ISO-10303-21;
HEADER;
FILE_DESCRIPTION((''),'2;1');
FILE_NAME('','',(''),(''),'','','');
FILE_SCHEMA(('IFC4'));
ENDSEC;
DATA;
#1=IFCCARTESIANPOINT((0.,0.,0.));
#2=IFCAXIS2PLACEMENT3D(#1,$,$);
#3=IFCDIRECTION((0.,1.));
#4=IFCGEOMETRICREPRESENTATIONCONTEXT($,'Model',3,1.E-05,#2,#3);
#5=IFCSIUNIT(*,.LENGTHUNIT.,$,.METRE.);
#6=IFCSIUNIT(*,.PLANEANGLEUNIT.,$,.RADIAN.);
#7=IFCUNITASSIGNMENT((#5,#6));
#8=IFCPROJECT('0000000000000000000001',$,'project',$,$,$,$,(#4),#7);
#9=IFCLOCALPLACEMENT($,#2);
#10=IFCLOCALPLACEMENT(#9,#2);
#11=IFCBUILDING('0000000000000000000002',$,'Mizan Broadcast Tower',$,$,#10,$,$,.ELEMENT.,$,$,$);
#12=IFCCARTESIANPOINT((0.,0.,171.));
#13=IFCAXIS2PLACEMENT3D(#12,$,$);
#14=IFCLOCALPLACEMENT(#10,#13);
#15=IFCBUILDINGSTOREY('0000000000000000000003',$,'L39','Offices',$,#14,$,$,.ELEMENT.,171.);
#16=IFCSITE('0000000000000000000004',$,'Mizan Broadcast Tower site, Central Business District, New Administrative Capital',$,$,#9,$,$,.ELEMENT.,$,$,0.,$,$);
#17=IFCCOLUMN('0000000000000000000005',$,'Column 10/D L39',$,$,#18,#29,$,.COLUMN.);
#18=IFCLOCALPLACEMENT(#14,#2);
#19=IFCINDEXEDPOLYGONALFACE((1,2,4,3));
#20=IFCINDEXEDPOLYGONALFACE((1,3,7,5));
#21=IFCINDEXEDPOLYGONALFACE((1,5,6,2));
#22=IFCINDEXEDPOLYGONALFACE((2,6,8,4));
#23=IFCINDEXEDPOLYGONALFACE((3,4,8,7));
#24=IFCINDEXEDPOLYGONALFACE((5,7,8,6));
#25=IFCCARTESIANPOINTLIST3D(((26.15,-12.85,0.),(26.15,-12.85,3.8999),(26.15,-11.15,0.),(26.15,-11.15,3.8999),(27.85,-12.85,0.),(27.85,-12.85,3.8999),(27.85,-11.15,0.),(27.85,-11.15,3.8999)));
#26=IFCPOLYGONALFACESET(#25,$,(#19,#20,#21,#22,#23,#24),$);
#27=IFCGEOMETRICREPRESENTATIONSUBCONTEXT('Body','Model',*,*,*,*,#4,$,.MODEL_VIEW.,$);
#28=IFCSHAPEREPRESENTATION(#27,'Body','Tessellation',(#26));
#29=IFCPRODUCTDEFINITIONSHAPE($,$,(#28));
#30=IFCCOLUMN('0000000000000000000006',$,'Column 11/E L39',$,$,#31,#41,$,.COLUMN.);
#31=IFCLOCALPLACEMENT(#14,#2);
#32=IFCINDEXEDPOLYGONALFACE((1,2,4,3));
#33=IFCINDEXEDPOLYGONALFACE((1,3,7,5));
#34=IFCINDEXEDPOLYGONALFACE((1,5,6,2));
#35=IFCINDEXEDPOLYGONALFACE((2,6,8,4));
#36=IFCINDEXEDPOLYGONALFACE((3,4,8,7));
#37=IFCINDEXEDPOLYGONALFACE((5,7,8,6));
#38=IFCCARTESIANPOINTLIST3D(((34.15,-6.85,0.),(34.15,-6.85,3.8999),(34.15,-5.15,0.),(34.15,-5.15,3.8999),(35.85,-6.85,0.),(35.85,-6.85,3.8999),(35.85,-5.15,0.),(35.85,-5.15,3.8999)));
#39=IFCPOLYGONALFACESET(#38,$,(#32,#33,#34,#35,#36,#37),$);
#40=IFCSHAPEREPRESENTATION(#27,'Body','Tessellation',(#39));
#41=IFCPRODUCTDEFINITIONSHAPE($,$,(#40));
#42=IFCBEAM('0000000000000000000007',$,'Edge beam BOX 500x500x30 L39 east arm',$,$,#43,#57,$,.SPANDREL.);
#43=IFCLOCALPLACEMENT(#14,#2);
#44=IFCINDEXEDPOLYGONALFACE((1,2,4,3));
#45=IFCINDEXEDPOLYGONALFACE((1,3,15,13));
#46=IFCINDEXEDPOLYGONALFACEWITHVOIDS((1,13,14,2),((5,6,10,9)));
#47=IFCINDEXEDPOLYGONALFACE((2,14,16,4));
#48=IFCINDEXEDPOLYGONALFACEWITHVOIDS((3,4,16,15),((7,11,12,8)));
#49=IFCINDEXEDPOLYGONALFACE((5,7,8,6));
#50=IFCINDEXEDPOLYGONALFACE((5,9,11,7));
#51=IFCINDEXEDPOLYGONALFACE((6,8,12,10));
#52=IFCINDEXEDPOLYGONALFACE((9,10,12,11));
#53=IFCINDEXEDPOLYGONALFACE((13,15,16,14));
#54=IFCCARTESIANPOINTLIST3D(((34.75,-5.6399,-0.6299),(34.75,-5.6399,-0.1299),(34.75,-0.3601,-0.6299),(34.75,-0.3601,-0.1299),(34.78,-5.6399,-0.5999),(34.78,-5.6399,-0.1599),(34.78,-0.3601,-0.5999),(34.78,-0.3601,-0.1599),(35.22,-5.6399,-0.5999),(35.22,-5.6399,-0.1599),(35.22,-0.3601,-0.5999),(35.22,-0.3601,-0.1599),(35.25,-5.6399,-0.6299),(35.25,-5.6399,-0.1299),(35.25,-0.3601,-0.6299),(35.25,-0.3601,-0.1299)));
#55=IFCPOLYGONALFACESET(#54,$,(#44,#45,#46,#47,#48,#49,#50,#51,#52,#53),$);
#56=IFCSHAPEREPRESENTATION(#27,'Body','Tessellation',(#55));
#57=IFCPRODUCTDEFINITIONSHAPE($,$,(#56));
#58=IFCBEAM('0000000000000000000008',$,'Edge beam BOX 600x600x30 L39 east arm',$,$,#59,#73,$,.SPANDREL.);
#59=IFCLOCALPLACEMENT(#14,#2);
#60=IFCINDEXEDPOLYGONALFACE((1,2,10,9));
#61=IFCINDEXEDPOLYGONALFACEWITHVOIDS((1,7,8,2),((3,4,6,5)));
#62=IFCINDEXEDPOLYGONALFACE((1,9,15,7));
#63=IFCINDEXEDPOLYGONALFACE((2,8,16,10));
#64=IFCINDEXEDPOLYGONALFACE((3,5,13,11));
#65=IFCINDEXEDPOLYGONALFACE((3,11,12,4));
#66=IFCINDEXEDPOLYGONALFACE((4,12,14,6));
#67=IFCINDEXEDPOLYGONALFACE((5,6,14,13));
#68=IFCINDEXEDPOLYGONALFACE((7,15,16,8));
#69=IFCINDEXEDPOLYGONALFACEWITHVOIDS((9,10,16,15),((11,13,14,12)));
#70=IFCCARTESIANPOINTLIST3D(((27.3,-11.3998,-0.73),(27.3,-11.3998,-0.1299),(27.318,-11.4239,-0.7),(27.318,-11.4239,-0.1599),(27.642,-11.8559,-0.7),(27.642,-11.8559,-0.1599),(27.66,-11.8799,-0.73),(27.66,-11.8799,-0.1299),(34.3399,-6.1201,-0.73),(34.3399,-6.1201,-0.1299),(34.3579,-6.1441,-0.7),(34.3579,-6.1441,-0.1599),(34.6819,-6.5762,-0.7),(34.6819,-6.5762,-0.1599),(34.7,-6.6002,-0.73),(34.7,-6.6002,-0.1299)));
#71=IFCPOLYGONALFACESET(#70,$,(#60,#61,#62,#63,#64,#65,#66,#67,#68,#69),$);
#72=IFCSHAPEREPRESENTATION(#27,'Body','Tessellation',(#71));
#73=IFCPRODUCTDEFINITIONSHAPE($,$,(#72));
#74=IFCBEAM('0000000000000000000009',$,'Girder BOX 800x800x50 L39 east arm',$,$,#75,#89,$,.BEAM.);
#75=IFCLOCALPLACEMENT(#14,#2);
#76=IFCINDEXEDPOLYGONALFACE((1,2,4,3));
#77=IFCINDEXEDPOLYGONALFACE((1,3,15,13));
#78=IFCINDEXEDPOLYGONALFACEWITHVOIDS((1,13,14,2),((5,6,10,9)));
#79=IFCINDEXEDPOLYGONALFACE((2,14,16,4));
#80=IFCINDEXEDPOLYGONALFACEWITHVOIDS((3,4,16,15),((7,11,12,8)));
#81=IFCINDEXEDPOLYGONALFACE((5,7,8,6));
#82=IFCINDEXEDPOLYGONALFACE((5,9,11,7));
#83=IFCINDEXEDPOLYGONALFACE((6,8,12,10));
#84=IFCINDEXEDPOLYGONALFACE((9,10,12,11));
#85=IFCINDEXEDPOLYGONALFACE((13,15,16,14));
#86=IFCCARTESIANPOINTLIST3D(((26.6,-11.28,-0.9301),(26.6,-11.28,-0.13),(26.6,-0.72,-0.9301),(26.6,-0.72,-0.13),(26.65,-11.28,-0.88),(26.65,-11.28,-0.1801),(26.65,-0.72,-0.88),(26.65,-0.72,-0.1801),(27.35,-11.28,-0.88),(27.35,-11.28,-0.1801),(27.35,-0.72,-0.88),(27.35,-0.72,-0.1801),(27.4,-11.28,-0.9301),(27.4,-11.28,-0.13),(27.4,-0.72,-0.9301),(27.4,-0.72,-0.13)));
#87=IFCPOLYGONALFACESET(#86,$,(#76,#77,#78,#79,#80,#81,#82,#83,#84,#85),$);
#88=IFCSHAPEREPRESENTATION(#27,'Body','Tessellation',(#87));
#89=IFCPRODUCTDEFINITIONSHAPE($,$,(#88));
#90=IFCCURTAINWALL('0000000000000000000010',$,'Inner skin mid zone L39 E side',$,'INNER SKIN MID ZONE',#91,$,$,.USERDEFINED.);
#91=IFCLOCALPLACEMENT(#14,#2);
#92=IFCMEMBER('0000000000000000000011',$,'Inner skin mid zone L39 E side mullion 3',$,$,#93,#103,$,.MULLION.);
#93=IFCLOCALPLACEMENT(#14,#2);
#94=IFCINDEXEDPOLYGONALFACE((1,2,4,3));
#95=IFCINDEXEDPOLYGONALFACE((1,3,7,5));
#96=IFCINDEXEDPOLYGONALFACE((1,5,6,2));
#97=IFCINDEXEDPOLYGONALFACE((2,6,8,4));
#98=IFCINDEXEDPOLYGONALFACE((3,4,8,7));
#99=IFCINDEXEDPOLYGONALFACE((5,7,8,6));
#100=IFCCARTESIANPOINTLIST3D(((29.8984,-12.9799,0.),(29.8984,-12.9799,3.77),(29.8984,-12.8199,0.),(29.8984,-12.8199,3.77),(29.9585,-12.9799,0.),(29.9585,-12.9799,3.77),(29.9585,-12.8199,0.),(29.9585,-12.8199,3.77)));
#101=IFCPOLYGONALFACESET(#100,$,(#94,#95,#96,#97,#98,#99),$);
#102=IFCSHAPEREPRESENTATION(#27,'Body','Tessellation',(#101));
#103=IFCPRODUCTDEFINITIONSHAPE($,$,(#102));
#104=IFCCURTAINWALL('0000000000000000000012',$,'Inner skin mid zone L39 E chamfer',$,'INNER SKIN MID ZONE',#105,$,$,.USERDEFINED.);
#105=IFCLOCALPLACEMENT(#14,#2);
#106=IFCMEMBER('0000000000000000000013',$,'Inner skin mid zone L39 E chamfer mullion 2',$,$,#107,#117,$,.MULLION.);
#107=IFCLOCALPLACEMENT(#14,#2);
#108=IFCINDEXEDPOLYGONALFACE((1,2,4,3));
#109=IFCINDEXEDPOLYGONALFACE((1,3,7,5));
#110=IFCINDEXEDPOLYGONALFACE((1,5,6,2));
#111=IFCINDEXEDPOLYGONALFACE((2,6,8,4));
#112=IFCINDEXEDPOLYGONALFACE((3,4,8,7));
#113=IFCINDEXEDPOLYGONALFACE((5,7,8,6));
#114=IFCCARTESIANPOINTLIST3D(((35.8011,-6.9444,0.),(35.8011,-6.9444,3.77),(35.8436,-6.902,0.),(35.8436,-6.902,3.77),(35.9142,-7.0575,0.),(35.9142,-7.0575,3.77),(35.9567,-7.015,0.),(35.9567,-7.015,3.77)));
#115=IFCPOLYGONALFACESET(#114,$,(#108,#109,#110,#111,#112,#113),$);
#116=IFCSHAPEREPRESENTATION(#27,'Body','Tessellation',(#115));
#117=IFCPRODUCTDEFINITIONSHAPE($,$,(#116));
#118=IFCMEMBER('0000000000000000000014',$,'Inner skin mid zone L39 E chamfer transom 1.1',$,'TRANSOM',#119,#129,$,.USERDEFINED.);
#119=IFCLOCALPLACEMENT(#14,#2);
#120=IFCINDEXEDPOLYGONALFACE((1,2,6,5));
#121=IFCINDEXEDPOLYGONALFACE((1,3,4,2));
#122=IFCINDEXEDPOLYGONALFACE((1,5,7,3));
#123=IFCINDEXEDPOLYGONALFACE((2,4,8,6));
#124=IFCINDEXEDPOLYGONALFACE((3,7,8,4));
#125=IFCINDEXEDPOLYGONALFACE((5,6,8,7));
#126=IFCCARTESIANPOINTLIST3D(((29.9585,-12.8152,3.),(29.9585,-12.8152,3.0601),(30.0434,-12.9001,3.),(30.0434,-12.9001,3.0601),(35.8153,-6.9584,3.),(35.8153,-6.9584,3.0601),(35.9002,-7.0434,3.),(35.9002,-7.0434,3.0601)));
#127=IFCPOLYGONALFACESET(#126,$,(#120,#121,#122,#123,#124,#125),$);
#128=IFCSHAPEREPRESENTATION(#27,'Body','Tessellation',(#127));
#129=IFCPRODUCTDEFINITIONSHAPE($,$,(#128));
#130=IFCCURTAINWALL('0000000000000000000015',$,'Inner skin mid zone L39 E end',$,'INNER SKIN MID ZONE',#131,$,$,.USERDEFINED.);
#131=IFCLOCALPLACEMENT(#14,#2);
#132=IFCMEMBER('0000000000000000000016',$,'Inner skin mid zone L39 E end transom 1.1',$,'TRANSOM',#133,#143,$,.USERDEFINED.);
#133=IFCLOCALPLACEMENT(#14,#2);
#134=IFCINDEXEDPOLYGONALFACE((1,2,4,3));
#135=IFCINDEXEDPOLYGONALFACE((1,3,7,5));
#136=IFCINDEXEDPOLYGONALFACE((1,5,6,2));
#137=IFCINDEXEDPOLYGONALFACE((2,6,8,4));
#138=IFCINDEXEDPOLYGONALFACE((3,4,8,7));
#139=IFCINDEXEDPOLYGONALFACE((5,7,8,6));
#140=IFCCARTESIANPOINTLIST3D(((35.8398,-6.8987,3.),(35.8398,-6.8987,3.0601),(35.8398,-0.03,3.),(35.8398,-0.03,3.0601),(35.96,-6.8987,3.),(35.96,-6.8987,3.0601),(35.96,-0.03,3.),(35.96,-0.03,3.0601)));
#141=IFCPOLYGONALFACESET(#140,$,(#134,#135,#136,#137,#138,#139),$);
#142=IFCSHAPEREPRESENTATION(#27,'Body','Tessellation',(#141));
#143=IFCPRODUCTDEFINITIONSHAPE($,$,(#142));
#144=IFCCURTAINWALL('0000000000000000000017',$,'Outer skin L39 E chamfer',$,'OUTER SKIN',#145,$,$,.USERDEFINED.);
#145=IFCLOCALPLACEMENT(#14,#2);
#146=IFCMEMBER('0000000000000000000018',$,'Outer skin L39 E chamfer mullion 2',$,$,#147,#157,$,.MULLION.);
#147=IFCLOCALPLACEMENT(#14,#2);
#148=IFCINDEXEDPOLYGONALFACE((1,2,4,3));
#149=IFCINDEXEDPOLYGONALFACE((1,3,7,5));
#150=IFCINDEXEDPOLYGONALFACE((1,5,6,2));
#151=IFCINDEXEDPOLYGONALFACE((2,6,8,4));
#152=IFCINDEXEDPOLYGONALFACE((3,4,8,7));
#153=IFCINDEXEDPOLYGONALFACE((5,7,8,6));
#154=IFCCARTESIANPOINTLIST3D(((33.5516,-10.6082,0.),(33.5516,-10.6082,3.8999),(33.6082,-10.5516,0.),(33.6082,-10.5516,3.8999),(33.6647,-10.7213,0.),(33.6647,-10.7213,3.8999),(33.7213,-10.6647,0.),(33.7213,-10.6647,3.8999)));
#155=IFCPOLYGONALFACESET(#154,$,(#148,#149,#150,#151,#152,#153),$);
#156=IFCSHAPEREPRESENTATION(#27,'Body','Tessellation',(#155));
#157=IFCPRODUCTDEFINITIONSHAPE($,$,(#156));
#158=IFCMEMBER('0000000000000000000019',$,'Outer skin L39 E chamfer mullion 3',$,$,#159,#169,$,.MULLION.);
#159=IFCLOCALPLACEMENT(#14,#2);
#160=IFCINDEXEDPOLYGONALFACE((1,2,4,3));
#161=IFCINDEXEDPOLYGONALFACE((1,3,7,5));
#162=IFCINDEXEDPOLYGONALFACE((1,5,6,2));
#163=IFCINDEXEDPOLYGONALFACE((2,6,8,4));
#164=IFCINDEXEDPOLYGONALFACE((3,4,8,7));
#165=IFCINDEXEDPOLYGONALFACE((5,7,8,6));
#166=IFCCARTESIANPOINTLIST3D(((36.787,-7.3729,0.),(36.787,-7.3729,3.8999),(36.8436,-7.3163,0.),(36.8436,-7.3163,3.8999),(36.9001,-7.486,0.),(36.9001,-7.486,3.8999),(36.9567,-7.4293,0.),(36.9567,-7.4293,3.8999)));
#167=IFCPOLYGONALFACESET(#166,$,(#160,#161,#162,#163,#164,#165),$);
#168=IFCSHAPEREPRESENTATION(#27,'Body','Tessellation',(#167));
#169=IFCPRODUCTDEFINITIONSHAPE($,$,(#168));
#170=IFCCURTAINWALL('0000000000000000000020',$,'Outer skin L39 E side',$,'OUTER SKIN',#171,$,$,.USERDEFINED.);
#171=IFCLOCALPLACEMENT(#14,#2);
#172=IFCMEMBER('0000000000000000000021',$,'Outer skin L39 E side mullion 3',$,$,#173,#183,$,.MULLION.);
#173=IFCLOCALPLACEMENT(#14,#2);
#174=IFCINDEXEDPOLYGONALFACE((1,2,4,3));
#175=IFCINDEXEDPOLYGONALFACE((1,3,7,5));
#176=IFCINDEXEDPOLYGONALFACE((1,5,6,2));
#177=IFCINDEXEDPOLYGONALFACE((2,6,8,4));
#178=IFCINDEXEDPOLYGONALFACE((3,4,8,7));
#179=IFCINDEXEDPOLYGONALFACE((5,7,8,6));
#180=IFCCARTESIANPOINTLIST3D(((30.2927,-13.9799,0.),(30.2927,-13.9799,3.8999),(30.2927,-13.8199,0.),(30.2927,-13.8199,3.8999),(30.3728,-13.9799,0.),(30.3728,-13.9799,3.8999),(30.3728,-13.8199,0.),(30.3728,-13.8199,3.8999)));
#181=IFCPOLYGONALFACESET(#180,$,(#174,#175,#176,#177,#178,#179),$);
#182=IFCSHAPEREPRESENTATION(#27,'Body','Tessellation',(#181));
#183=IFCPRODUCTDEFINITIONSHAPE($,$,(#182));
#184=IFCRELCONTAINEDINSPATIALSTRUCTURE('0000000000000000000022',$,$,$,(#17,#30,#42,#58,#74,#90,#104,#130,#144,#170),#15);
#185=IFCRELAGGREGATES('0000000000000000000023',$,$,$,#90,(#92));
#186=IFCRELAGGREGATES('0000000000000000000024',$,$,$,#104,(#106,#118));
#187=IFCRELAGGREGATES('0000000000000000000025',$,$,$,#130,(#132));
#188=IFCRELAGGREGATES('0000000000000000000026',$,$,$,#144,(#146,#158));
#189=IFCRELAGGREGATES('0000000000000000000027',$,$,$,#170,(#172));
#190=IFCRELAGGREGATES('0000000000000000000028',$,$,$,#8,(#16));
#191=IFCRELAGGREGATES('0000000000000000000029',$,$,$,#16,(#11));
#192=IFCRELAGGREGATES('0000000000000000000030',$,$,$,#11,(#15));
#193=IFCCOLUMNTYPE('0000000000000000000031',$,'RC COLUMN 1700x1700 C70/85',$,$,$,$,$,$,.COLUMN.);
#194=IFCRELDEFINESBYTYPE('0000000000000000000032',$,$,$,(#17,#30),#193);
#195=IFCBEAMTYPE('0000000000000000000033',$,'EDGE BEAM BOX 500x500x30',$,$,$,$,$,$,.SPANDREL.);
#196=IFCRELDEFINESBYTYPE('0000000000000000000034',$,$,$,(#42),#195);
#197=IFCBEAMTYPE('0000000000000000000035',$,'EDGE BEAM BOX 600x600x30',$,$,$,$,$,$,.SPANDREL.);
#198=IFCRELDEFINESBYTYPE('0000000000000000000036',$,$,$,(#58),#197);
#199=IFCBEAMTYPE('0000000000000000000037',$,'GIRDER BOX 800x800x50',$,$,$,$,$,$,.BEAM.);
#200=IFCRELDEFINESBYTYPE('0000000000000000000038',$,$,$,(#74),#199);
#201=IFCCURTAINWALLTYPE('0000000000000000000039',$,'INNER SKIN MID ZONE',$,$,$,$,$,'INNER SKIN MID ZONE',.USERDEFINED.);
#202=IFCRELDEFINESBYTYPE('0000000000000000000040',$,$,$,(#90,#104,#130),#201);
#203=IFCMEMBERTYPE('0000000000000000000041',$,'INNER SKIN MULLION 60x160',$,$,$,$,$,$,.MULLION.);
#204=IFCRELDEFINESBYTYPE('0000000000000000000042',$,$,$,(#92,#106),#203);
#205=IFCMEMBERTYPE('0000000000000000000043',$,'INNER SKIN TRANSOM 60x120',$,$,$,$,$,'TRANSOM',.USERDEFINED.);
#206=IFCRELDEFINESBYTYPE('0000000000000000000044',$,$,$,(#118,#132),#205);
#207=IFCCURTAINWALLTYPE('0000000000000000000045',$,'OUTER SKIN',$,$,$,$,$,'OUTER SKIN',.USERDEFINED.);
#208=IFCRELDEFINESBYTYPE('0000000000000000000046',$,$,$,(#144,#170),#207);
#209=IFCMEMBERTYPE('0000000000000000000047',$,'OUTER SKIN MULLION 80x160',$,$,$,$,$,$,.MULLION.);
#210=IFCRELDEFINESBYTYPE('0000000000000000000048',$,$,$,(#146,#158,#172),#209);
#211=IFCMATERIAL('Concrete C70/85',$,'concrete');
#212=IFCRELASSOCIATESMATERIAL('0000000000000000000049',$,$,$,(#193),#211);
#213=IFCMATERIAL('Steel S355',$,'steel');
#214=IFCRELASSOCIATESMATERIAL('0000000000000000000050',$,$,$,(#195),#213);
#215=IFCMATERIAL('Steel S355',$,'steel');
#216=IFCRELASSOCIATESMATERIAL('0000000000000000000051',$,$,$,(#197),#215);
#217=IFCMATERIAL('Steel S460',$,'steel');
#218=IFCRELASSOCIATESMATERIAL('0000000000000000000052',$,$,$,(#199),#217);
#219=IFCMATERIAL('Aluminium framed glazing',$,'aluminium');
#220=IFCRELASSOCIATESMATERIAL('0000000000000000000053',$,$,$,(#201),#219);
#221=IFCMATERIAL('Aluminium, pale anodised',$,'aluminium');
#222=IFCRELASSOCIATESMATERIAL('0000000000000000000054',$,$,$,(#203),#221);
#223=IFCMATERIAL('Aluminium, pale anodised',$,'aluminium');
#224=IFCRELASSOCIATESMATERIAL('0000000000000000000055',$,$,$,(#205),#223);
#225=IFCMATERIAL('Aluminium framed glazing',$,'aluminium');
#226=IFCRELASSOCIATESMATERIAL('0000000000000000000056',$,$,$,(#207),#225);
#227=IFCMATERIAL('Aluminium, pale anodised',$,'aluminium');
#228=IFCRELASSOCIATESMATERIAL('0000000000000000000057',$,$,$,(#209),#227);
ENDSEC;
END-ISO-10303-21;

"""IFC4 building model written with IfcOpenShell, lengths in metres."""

from ifc_helpers import new_model, si_unit, direction, frame, origin, origin_2d, place, context, subcontext, project, spatial, rectangle, hollow_rectangle, extrude, material, material_profile, profile_set, type_object, element, aggregate, save


model = new_model("IFC4")

# Units and contexts
model_context = context("Model", 3, precision=1e-05, world=origin(), true_north=direction((0.0, 1.0)))
body_context = subcontext(model_context, "Body", "Model", "MODEL_VIEW")
ifc_project = project(units=[si_unit("LENGTHUNIT", "METRE"), si_unit("PLANEANGLEUNIT", "RADIAN")], contexts=[model_context])

# Site, building, storey
site_placement = place(None, origin())
site = spatial("IfcSite", under=ifc_project, at=site_placement, Name="Mizan Broadcast Tower site, Central Business District, New Administrative Capital", CompositionType="ELEMENT", RefElevation=0.0)
building_placement = place(site_placement, origin())
building = spatial("IfcBuilding", under=site, at=building_placement, Name="Mizan Broadcast Tower", CompositionType="ELEMENT")
storey_placement = place(building_placement, frame((0.0, 0.0, 171.0)))
storey = spatial("IfcBuildingStorey", under=building, at=storey_placement, Name="L39", Description="Offices", CompositionType="ELEMENT", Elevation=171.0)

# Columns
ifc_material_1 = material(Name="Concrete C70/85", Category="concrete")
ifc_material_profile_1 = material_profile(ifc_material_1, rectangle(XDim=1.7, YDim=1.7, at=origin_2d()), Name="RC 1700x1700")
ifc_profile_set_1 = profile_set([ifc_material_profile_1], Name="Concrete C70/85")
column_type = type_object("IfcColumnType", Name="RC COLUMN 1700x1700 C70/85", PredefinedType="COLUMN", material=ifc_profile_set_1)
for number, where, z_axis, x_axis, name in (
    (1, (27.0, -12.0, 0.0), (0.0, 0.0, 1.0), (1.0, 0.0, 0.0), "Column 10/D L39"),
    (2, (35.0, -6.0, 0.0), (0.0, 0.0, 1.0), (1.0, 0.0, 0.0), "Column 11/E L39"),
):
    element("IfcColumn", number, at=place(storey_placement, frame(where, z_axis=z_axis, x_axis=x_axis)), inside=storey, type_object=column_type, Name=name, PredefinedType="COLUMN", context=body_context, shape_type="SweptSolid", body=[
        extrude(rectangle(XDim=1.7, YDim=1.7, at=origin_2d()), origin(), (0.0, 0.0, 1.0), 3.8999),
    ])

# Beams
ifc_material_2 = material(Name="Steel S355", Category="steel")
ifc_material_profile_2 = material_profile(ifc_material_2, hollow_rectangle(XDim=0.5, YDim=0.5, WallThickness=0.03, at=origin_2d()), Name="BOX 500x500x30")
ifc_profile_set_2 = profile_set([ifc_material_profile_2], Name="Steel S355")
beam_type_1 = type_object("IfcBeamType", Name="EDGE BEAM BOX 500x500x30", PredefinedType="SPANDREL", material=ifc_profile_set_2)
beam_1_placement = place(storey_placement, frame((35.0, -5.6399, -0.3799), z_axis=(0.0, 1.0, 0.0), x_axis=(-1.0, 0.0, 0.0)))
element("IfcBeam", 3, at=beam_1_placement, inside=storey, type_object=beam_type_1, Name="Edge beam BOX 500x500x30 L39 east arm", PredefinedType="SPANDREL", context=body_context, shape_type="SweptSolid", body=[
    extrude(hollow_rectangle(XDim=0.5, YDim=0.5, WallThickness=0.03, at=origin_2d()), origin(), (0.0, 0.0, 1.0), 5.2798),
])
ifc_material_3 = material(Name="Steel S355", Category="steel")
ifc_material_profile_3 = material_profile(ifc_material_3, hollow_rectangle(XDim=0.6001, YDim=0.6001, WallThickness=0.03, at=origin_2d()), Name="BOX 600x600x30")
ifc_profile_set_3 = profile_set([ifc_material_profile_3], Name="Steel S355")
beam_type_2 = type_object("IfcBeamType", Name="EDGE BEAM BOX 600x600x30", PredefinedType="SPANDREL", material=ifc_profile_set_3)
beam_2_placement = place(storey_placement, frame((27.48, -11.6399, -0.4299), z_axis=(0.800013, 0.599982, 0.0), x_axis=(-0.599982, 0.800013, 0.0)))
element("IfcBeam", 4, at=beam_2_placement, inside=storey, type_object=beam_type_2, Name="Edge beam BOX 600x600x30 L39 east arm", PredefinedType="SPANDREL", context=body_context, shape_type="SweptSolid", body=[
    extrude(hollow_rectangle(XDim=0.6001, YDim=0.6001, WallThickness=0.03, at=origin_2d()), origin(), (0.0, 0.0, 1.0), 8.7998),
])
ifc_material_4 = material(Name="Steel S460", Category="steel")
ifc_material_profile_4 = material_profile(ifc_material_4, hollow_rectangle(XDim=0.8, YDim=0.8, WallThickness=0.05, at=origin_2d()), Name="BOX 800x800x50")
ifc_profile_set_4 = profile_set([ifc_material_profile_4], Name="Steel S460")
beam_type_3 = type_object("IfcBeamType", Name="GIRDER BOX 800x800x50", PredefinedType="BEAM", material=ifc_profile_set_4)
beam_3_placement = place(storey_placement, frame((27.0, -11.28, -0.53), z_axis=(0.0, 1.0, 0.0), x_axis=(-1.0, 0.0, 0.0)))
element("IfcBeam", 5, at=beam_3_placement, inside=storey, type_object=beam_type_3, Name="Girder BOX 800x800x50 L39 east arm", PredefinedType="BEAM", context=body_context, shape_type="SweptSolid", body=[
    extrude(hollow_rectangle(XDim=0.8, YDim=0.8, WallThickness=0.05, at=origin_2d()), origin(), (0.0, 0.0, 1.0), 10.5601),
])

# Curtain wall, member
ifc_material_5 = material(Name="Aluminium framed glazing", Category="aluminium")
curtain_wall_type_1 = type_object("IfcCurtainWallType", Name="INNER SKIN MID ZONE", ElementType="INNER SKIN MID ZONE", PredefinedType="USERDEFINED", material=ifc_material_5)
curtain_wall_1_placement = place(storey_placement, origin())
curtain_wall_1 = element("IfcCurtainWall", 6, at=curtain_wall_1_placement, inside=storey, type_object=curtain_wall_type_1, Name="Inner skin mid zone L39 E side", ObjectType="INNER SKIN MID ZONE", PredefinedType="USERDEFINED")
ifc_material_6 = material(Name="Aluminium, pale anodised", Category="aluminium")
ifc_material_profile_5 = material_profile(ifc_material_6, rectangle(XDim=0.1599, YDim=0.0601, at=origin_2d()), Name="MULLION 160x60")
ifc_profile_set_5 = profile_set([ifc_material_profile_5], Name="Aluminium, pale anodised")
member_type_1 = type_object("IfcMemberType", Name="INNER SKIN MULLION 60x160", PredefinedType="MULLION", material=ifc_profile_set_5)
member_1_placement = place(storey_placement, frame((29.9285, -12.8999, 0.0), z_axis=(0.0, 0.0, 1.0), x_axis=(0.0, 1.0, 0.0)))
member_1 = element("IfcMember", 7, at=member_1_placement, type_object=member_type_1, Name="Inner skin mid zone L39 E side mullion 3", PredefinedType="MULLION", context=body_context, shape_type="SweptSolid", body=[
    extrude(rectangle(XDim=0.1599, YDim=0.0601, at=origin_2d()), origin(), (0.0, 0.0, 1.0), 3.77),
])

# Curtain wall, members
curtain_wall_2_placement = place(storey_placement, origin())
curtain_wall_2 = element("IfcCurtainWall", 8, at=curtain_wall_2_placement, inside=storey, type_object=curtain_wall_type_1, Name="Inner skin mid zone L39 E chamfer", ObjectType="INNER SKIN MID ZONE", PredefinedType="USERDEFINED")
member_2_placement = place(storey_placement, frame((35.8789, -6.9797, 0.0), z_axis=(0.0, 0.0, 1.0), x_axis=(-0.707107, 0.707107, 0.0)))
member_2 = element("IfcMember", 9, at=member_2_placement, type_object=member_type_1, Name="Inner skin mid zone L39 E chamfer mullion 2", PredefinedType="MULLION", context=body_context, shape_type="SweptSolid", body=[
    extrude(rectangle(XDim=0.1599, YDim=0.0601, at=origin_2d()), origin(), (0.0, 0.0, 1.0), 3.77),
])
ifc_material_7 = material(Name="Aluminium, pale anodised", Category="aluminium")
ifc_material_profile_6 = material_profile(ifc_material_7, rectangle(XDim=0.1201, YDim=0.0601, at=origin_2d()), Name="TRANSOM 120x60")
ifc_profile_set_6 = profile_set([ifc_material_profile_6], Name="Aluminium, pale anodised")
member_type_2 = type_object("IfcMemberType", Name="INNER SKIN TRANSOM 60x120", ElementType="TRANSOM", PredefinedType="USERDEFINED", material=ifc_profile_set_6)
member_3_placement = place(storey_placement, frame((30.001, -12.8577, 3.03), z_axis=(0.707107, 0.707107, 0.0), x_axis=(-0.707107, 0.707107, 0.0)))
member_3 = element("IfcMember", 10, at=member_3_placement, type_object=member_type_2, Name="Inner skin mid zone L39 E chamfer transom 1.1", ObjectType="TRANSOM", PredefinedType="USERDEFINED", context=body_context, shape_type="SweptSolid", body=[
    extrude(rectangle(XDim=0.1201, YDim=0.0601, at=origin_2d()), origin(), (0.0, 0.0, 1.0), 8.2827),
])

# Curtain wall, member
curtain_wall_3_placement = place(storey_placement, origin())
curtain_wall_3 = element("IfcCurtainWall", 11, at=curtain_wall_3_placement, inside=storey, type_object=curtain_wall_type_1, Name="Inner skin mid zone L39 E end", ObjectType="INNER SKIN MID ZONE", PredefinedType="USERDEFINED")
member_4_placement = place(storey_placement, frame((35.8999, -6.8987, 3.03), z_axis=(0.0, 1.0, 0.0), x_axis=(-1.0, 0.0, 0.0)))
member_4 = element("IfcMember", 12, at=member_4_placement, type_object=member_type_2, Name="Inner skin mid zone L39 E end transom 1.1", ObjectType="TRANSOM", PredefinedType="USERDEFINED", context=body_context, shape_type="SweptSolid", body=[
    extrude(rectangle(XDim=0.1201, YDim=0.0601, at=origin_2d()), origin(), (0.0, 0.0, 1.0), 6.8687),
])

# Curtain wall, members
ifc_material_8 = material(Name="Aluminium framed glazing", Category="aluminium")
curtain_wall_type_2 = type_object("IfcCurtainWallType", Name="OUTER SKIN", ElementType="OUTER SKIN", PredefinedType="USERDEFINED", material=ifc_material_8)
curtain_wall_4_placement = place(storey_placement, origin())
curtain_wall_4 = element("IfcCurtainWall", 13, at=curtain_wall_4_placement, inside=storey, type_object=curtain_wall_type_2, Name="Outer skin L39 E chamfer", ObjectType="OUTER SKIN", PredefinedType="USERDEFINED")
ifc_material_9 = material(Name="Aluminium, pale anodised", Category="aluminium")
ifc_material_profile_7 = material_profile(ifc_material_9, rectangle(XDim=0.1599, YDim=0.0801, at=origin_2d()), Name="MULLION 160x80")
ifc_profile_set_7 = profile_set([ifc_material_profile_7], Name="Aluminium, pale anodised")
member_type_3 = type_object("IfcMemberType", Name="OUTER SKIN MULLION 80x160", PredefinedType="MULLION", material=ifc_profile_set_7)
member_5_placement = place(storey_placement, frame((33.6365, -10.6365, 0.0), z_axis=(0.0, 0.0, 1.0), x_axis=(-0.707107, 0.707107, 0.0)))
member_5 = element("IfcMember", 14, at=member_5_placement, type_object=member_type_3, Name="Outer skin L39 E chamfer mullion 2", PredefinedType="MULLION", context=body_context, shape_type="SweptSolid", body=[
    extrude(rectangle(XDim=0.1599, YDim=0.0801, at=origin_2d()), origin(), (0.0, 0.0, 1.0), 3.8999),
])
member_6_placement = place(storey_placement, frame((36.8718, -7.4011, 0.0), z_axis=(0.0, 0.0, 1.0), x_axis=(-0.707107, 0.707107, 0.0)))
member_6 = element("IfcMember", 15, at=member_6_placement, type_object=member_type_3, Name="Outer skin L39 E chamfer mullion 3", PredefinedType="MULLION", context=body_context, shape_type="SweptSolid", body=[
    extrude(rectangle(XDim=0.1599, YDim=0.0801, at=origin_2d()), origin(), (0.0, 0.0, 1.0), 3.8999),
])

# Curtain wall, member
curtain_wall_5_placement = place(storey_placement, origin())
curtain_wall_5 = element("IfcCurtainWall", 16, at=curtain_wall_5_placement, inside=storey, type_object=curtain_wall_type_2, Name="Outer skin L39 E side", ObjectType="OUTER SKIN", PredefinedType="USERDEFINED")
member_7_placement = place(storey_placement, frame((30.3328, -13.8999, 0.0), z_axis=(0.0, 0.0, 1.0), x_axis=(0.0, 1.0, 0.0)))
member_7 = element("IfcMember", 17, at=member_7_placement, type_object=member_type_3, Name="Outer skin L39 E side mullion 3", PredefinedType="MULLION", context=body_context, shape_type="SweptSolid", body=[
    extrude(rectangle(XDim=0.1599, YDim=0.0801, at=origin_2d()), origin(), (0.0, 0.0, 1.0), 3.8999),
])

aggregate(curtain_wall_1, [member_1])
aggregate(curtain_wall_2, [member_2, member_3])
aggregate(curtain_wall_3, [member_4])
aggregate(curtain_wall_4, [member_5, member_6])
aggregate(curtain_wall_5, [member_7])

save(model, "model.ifc")
